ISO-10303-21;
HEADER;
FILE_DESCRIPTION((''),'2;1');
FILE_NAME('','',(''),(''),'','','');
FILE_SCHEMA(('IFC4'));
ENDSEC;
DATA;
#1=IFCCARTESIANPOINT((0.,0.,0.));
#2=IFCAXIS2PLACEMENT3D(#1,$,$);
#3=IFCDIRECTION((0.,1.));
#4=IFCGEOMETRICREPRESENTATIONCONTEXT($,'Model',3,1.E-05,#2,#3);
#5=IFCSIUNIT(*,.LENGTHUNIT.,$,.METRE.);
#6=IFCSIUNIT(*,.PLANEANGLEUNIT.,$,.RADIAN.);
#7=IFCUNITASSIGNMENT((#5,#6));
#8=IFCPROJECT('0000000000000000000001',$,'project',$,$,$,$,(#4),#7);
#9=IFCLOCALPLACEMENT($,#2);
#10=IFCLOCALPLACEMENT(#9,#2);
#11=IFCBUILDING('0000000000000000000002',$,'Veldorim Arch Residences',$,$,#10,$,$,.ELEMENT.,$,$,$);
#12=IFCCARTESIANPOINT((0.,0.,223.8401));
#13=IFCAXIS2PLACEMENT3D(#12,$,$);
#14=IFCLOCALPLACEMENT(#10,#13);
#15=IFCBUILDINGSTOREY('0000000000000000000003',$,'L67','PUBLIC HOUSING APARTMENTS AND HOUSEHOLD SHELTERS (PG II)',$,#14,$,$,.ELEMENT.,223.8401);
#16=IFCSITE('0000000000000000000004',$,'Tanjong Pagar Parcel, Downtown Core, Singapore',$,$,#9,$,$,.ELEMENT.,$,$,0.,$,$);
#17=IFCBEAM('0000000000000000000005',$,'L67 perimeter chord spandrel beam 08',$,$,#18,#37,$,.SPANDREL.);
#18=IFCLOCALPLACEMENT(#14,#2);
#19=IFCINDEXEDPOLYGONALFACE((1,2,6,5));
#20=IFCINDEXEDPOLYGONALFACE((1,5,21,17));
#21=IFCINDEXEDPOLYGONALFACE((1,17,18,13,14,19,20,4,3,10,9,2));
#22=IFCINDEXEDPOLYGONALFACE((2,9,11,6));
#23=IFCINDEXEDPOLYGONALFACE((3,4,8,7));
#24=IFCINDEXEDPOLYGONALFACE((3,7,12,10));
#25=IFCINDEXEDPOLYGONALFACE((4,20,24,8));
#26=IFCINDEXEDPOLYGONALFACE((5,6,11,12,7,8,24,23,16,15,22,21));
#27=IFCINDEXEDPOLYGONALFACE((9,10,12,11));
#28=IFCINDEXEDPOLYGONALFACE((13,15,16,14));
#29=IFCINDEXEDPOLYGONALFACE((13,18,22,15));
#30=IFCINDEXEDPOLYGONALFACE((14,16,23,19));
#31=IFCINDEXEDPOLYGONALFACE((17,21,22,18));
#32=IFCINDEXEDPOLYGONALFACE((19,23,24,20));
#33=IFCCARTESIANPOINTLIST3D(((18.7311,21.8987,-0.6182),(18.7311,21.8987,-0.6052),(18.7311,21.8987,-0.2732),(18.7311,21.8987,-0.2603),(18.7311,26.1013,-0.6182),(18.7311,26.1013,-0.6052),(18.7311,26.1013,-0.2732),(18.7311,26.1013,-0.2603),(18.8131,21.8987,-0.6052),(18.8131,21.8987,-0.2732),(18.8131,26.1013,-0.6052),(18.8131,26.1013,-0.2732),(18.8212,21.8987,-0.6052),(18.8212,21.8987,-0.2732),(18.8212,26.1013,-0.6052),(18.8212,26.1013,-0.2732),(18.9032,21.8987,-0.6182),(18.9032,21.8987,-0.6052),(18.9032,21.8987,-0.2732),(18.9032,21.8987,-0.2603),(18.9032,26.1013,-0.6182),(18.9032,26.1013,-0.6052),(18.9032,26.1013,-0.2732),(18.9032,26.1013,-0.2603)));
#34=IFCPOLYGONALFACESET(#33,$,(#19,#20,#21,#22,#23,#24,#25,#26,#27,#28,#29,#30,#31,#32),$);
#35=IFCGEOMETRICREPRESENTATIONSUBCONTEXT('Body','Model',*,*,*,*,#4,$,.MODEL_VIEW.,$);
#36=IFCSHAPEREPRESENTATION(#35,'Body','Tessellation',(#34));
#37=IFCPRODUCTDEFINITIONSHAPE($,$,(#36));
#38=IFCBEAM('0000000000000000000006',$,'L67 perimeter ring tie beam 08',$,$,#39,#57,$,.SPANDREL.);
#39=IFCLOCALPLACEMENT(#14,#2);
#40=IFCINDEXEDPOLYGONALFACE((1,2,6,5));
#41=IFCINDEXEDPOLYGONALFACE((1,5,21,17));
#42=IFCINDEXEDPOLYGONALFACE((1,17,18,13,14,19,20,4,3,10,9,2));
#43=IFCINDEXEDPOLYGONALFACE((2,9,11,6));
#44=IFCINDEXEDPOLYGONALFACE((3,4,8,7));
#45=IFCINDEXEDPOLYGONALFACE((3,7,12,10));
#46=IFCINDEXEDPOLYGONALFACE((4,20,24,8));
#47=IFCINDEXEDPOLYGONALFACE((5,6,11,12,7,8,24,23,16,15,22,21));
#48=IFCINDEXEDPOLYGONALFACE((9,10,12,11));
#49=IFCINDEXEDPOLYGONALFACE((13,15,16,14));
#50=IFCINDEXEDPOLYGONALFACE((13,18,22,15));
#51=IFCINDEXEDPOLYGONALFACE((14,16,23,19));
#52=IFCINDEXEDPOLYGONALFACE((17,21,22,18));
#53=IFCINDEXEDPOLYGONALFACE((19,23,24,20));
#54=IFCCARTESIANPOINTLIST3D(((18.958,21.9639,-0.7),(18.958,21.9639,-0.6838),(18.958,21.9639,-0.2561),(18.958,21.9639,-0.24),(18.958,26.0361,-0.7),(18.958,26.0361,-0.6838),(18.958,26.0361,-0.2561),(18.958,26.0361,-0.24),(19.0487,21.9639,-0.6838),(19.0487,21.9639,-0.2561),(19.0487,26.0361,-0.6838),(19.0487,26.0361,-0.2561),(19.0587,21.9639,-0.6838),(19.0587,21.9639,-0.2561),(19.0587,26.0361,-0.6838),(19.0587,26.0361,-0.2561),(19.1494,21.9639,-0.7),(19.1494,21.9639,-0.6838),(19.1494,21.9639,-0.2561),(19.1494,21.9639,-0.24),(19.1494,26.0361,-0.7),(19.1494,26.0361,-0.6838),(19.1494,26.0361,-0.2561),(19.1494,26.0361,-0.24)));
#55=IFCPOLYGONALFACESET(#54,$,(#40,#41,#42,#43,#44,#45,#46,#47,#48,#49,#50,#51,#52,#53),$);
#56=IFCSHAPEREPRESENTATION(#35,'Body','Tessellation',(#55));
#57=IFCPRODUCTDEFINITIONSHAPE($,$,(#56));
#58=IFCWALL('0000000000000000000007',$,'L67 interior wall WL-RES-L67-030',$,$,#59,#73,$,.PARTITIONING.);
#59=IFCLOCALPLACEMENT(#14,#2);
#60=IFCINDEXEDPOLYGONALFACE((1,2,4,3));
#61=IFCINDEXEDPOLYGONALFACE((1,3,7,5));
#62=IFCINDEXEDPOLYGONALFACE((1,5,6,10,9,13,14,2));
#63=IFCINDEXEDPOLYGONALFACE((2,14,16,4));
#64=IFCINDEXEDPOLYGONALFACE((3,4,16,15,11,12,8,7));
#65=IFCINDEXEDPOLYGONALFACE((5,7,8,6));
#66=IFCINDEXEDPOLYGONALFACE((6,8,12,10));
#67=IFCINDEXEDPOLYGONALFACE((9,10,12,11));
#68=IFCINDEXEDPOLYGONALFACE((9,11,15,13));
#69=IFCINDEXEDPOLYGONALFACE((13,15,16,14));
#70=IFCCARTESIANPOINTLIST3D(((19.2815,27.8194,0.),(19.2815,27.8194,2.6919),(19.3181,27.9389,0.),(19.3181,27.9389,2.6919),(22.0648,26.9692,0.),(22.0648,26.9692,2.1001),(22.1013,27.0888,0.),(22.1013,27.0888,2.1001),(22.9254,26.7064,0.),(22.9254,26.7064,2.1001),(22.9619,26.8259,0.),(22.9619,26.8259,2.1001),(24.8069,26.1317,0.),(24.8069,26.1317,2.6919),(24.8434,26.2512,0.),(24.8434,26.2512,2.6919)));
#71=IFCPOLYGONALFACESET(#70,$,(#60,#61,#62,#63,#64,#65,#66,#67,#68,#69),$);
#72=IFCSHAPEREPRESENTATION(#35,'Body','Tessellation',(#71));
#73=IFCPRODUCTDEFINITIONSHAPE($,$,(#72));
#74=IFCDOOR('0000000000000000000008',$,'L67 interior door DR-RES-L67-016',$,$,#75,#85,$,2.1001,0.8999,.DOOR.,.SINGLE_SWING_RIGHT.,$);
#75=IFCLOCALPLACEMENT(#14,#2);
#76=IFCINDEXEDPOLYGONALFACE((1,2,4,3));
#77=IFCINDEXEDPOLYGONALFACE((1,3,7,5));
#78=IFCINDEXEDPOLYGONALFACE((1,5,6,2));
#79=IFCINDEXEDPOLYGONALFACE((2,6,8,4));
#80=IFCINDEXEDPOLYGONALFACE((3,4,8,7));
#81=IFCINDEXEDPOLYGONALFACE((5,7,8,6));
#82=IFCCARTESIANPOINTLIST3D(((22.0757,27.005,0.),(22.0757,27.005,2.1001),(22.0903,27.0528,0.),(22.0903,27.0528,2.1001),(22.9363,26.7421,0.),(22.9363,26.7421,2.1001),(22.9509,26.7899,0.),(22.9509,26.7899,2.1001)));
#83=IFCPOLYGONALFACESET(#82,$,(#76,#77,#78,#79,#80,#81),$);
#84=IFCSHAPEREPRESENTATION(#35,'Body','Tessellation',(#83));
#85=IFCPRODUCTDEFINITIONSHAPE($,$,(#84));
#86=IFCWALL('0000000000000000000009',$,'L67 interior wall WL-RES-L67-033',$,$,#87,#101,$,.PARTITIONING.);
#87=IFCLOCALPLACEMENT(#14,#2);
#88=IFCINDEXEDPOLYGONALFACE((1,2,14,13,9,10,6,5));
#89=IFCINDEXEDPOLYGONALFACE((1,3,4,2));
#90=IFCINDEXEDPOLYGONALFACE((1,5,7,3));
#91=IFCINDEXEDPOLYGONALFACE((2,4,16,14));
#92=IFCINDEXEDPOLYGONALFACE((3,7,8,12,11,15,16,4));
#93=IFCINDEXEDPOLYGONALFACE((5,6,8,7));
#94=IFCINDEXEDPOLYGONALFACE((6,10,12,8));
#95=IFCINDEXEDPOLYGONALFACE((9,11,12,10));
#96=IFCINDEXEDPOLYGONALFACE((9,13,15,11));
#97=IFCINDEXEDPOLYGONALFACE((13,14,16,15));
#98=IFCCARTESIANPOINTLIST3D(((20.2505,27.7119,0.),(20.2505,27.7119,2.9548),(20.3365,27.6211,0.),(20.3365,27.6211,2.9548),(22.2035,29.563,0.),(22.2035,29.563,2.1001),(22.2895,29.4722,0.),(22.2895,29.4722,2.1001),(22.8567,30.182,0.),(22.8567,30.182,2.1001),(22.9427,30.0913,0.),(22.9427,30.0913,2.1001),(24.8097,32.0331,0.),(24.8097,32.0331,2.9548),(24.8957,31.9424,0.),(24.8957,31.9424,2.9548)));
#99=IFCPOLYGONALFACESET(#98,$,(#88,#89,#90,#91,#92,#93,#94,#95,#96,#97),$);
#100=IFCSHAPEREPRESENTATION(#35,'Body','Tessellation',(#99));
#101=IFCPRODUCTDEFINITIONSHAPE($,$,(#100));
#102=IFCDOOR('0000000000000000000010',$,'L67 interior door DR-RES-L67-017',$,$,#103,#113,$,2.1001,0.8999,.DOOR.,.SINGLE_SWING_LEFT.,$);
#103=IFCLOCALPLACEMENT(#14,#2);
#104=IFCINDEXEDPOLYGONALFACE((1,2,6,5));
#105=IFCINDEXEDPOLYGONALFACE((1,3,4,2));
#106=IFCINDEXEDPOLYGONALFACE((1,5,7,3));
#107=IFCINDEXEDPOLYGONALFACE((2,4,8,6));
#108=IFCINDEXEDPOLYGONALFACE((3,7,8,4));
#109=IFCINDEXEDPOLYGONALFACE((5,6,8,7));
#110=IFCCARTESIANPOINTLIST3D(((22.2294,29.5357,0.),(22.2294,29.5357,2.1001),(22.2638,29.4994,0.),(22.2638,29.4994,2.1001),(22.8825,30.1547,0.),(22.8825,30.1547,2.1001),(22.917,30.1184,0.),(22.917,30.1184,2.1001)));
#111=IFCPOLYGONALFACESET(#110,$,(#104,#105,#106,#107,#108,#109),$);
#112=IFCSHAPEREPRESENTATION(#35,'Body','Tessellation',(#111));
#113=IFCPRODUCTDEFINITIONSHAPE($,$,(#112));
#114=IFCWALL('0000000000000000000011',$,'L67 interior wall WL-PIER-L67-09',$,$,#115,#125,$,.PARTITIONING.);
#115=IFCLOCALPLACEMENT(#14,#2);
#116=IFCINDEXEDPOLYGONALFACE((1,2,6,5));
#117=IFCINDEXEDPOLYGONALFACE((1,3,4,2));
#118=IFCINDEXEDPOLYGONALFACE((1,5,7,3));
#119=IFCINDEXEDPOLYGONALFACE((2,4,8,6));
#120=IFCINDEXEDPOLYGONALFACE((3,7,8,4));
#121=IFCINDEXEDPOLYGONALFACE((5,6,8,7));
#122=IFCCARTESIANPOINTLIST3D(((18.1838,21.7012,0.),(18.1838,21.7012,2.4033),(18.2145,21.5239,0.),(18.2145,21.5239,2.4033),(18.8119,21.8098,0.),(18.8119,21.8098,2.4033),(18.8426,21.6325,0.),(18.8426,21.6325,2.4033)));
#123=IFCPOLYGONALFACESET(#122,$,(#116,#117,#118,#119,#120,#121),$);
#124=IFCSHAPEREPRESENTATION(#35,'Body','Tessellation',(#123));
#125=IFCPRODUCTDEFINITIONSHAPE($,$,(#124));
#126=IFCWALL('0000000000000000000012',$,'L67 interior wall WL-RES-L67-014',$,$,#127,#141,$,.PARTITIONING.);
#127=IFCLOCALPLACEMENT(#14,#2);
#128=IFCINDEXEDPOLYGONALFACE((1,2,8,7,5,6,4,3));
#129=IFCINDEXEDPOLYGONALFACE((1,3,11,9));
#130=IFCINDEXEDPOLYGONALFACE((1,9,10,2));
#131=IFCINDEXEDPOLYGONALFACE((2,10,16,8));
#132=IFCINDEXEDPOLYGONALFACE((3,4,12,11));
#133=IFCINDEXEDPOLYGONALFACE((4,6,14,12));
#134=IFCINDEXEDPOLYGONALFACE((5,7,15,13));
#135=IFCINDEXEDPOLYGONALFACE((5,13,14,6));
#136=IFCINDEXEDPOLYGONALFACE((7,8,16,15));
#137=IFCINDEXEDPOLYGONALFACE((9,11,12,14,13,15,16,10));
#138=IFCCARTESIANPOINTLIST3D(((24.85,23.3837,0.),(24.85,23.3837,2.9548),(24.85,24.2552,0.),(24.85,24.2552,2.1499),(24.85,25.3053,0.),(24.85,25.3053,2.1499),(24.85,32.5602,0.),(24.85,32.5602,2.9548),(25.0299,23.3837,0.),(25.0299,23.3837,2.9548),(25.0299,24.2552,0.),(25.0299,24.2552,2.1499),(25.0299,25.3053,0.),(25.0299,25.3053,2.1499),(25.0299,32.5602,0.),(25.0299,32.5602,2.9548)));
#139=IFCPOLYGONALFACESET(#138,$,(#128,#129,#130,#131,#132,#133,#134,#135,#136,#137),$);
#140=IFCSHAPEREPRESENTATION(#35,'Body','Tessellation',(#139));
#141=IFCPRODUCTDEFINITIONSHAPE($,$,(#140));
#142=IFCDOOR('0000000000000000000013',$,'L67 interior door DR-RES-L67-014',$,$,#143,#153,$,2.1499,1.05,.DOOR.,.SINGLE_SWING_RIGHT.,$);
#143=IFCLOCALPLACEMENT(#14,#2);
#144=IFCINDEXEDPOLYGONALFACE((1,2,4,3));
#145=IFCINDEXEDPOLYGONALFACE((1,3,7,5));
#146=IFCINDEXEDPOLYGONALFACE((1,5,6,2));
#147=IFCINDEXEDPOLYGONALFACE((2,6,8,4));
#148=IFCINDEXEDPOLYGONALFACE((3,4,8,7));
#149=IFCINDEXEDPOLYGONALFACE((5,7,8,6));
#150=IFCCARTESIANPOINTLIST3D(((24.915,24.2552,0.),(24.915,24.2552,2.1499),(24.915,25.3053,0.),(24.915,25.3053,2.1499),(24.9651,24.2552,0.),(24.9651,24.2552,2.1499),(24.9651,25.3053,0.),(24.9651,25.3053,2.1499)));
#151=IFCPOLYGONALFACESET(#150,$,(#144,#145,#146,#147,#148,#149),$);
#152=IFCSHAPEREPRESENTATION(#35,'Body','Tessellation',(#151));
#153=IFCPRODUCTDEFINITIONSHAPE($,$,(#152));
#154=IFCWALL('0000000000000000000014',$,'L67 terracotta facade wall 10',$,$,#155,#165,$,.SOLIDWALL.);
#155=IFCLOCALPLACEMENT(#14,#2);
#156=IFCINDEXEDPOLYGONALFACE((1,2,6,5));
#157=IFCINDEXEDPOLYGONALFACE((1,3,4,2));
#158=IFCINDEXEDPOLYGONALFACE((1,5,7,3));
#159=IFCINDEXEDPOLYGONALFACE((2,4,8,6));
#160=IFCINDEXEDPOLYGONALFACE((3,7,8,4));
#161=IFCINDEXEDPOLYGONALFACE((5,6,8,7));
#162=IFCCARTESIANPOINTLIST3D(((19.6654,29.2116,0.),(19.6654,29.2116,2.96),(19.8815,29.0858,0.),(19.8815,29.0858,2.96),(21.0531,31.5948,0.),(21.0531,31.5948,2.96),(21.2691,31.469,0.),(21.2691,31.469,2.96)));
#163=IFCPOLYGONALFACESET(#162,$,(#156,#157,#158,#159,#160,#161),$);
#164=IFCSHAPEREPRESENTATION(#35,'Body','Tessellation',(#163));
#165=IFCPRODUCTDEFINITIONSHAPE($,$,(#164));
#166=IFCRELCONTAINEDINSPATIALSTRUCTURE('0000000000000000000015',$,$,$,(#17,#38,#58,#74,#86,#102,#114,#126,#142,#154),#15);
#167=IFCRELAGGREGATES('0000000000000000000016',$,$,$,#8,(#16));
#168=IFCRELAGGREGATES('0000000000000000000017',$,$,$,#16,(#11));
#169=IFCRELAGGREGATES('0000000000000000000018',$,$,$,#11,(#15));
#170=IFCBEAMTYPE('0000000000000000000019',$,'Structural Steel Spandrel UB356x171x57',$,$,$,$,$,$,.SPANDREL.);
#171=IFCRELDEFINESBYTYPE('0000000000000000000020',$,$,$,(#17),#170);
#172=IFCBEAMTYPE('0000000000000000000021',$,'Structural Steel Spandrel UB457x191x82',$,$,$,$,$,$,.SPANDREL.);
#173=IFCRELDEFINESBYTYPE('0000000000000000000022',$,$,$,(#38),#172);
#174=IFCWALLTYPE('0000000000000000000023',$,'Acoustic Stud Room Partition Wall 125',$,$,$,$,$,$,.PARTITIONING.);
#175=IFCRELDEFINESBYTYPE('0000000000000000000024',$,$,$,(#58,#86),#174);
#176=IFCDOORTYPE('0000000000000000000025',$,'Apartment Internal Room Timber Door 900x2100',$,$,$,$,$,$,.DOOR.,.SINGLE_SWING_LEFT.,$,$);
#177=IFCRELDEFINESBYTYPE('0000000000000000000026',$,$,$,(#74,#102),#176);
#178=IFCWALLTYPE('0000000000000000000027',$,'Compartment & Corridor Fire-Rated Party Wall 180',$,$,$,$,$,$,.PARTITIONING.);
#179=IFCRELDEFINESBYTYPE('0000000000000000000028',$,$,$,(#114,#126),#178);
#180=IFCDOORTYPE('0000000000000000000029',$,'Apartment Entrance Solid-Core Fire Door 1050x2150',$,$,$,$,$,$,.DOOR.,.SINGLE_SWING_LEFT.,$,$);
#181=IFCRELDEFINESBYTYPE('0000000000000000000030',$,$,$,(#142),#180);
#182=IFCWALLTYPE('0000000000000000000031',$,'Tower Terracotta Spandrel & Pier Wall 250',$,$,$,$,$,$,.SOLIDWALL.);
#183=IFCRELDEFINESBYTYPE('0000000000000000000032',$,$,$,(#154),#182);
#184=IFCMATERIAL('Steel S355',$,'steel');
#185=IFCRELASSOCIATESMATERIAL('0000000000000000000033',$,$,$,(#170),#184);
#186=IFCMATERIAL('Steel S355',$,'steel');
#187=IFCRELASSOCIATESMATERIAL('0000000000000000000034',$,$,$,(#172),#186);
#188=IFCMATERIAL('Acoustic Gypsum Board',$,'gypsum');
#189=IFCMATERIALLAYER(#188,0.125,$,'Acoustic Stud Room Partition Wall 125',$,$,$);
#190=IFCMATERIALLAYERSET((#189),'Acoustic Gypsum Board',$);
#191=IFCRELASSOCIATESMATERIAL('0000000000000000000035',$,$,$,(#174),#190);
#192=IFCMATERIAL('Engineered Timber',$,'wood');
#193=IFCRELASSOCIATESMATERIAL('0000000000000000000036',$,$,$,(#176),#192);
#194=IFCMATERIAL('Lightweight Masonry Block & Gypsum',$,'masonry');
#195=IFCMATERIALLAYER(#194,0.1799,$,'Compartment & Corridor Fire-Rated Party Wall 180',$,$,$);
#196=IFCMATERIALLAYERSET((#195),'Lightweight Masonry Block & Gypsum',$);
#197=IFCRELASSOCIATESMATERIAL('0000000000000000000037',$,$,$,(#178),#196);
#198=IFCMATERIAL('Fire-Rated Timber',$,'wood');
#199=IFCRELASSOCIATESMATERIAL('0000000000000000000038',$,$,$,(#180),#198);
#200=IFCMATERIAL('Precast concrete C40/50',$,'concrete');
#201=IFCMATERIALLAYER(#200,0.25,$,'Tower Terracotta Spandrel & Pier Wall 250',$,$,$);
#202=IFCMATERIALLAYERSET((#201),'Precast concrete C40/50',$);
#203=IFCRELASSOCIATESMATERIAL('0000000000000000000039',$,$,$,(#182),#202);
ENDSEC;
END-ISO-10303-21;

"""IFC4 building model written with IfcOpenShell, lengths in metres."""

from ifc_helpers import new_model, si_unit, direction, frame, frame_2d, origin, origin_2d, place, context, subcontext, project, spatial, rectangle, i_section, extrude, material, layer, layer_set, material_profile, profile_set, type_object, element, fill, save


model = new_model("IFC4")

# Units and contexts
model_context = context("Model", 3, precision=1e-05, world=origin(), true_north=direction((0.0, 1.0)))
body_context = subcontext(model_context, "Body", "Model", "MODEL_VIEW")
ifc_project = project(units=[si_unit("LENGTHUNIT", "METRE"), si_unit("PLANEANGLEUNIT", "RADIAN")], contexts=[model_context])

# Site, building, storey
site_placement = place(None, origin())
site = spatial("IfcSite", under=ifc_project, at=site_placement, Name="Tanjong Pagar Parcel, Downtown Core, Singapore", CompositionType="ELEMENT", RefElevation=0.0)
building_placement = place(site_placement, origin())
building = spatial("IfcBuilding", under=site, at=building_placement, Name="Veldorim Arch Residences", CompositionType="ELEMENT")
storey_placement = place(building_placement, frame((0.0, 0.0, 223.8401)))
storey = spatial("IfcBuildingStorey", under=building, at=storey_placement, Name="L67", Description="PUBLIC HOUSING APARTMENTS AND HOUSEHOLD SHELTERS (PG II)", CompositionType="ELEMENT", Elevation=223.8401)

# Beams
ifc_material_1 = material(Name="Steel S355", Category="steel")
ifc_material_profile_1 = material_profile(ifc_material_1, i_section(OverallWidth=0.1721, OverallDepth=0.3579, WebThickness=0.0081, FlangeThickness=0.0129, at=origin_2d()), Name="UB356x171x57")
ifc_profile_set_1 = profile_set([ifc_material_profile_1], Name="Steel S355")
beam_type_1 = type_object("IfcBeamType", Name="Structural Steel Spandrel UB356x171x57", PredefinedType="SPANDREL", material=ifc_profile_set_1)
beam_1_placement = place(storey_placement, frame((18.8171, 26.1013, -0.4392), z_axis=(0.0, -1.0, 0.0), x_axis=(1.0, 0.0, 0.0)))
element("IfcBeam", 1, at=beam_1_placement, inside=storey, type_object=beam_type_1, Name="L67 perimeter chord spandrel beam 08", PredefinedType="SPANDREL", context=body_context, shape_type="SweptSolid", body=[
    extrude(i_section(OverallWidth=0.1721, OverallDepth=0.3579, WebThickness=0.0081, FlangeThickness=0.0129, at=origin_2d()), origin(), (0.0, 0.0, 1.0), 4.2026),
])
ifc_material_2 = material(Name="Steel S355", Category="steel")
ifc_material_profile_2 = material_profile(ifc_material_2, i_section(OverallWidth=0.1914, OverallDepth=0.46, WebThickness=0.01, FlangeThickness=0.0161, at=origin_2d()), Name="UB457x191x82")
ifc_profile_set_2 = profile_set([ifc_material_profile_2], Name="Steel S355")
beam_type_2 = type_object("IfcBeamType", Name="Structural Steel Spandrel UB457x191x82", PredefinedType="SPANDREL", material=ifc_profile_set_2)
beam_2_placement = place(storey_placement, frame((19.0537, 26.0361, -0.47), z_axis=(0.0, -1.0, 0.0), x_axis=(1.0, 0.0, 0.0)))
element("IfcBeam", 2, at=beam_2_placement, inside=storey, type_object=beam_type_2, Name="L67 perimeter ring tie beam 08", PredefinedType="SPANDREL", context=body_context, shape_type="SweptSolid", body=[
    extrude(i_section(OverallWidth=0.1914, OverallDepth=0.46, WebThickness=0.01, FlangeThickness=0.0161, at=origin_2d()), origin(), (0.0, 0.0, 1.0), 4.0723),
])

# Walls, openings, doors
ifc_material_3 = material(Name="Acoustic Gypsum Board", Category="gypsum")
ifc_layer_1 = layer(ifc_material_3, 0.125, Name="Acoustic Stud Room Partition Wall 125")
ifc_layer_set_1 = layer_set([ifc_layer_1], Name="Acoustic Gypsum Board")
wall_type_1 = type_object("IfcWallType", Name="Acoustic Stud Room Partition Wall 125", PredefinedType="PARTITIONING", material=ifc_layer_set_1)
wall_1_placement = place(storey_placement, frame((19.2998, 27.8792, 0.0), z_axis=(0.0, 0.0, 1.0), x_axis=(0.956379, -0.292128, 0.0)))
wall_1 = element("IfcWall", 3, at=wall_1_placement, inside=storey, type_object=wall_type_1, Name="L67 interior wall WL-RES-L67-030", PredefinedType="PARTITIONING", context=body_context, shape_type="SweptSolid", body=[
    extrude(rectangle(XDim=5.7773, YDim=0.125, at=frame_2d((2.8887, 0.0))), origin(), (0.0, 0.0, 1.0), 2.6919),
])
opening_1_placement = place(wall_1_placement, frame((2.9102, 0.0, 0.0)))
opening_1 = element("IfcOpeningElement", 4, at=opening_1_placement, cuts=wall_1, PredefinedType="OPENING", context=body_context, shape_type="SweptSolid", body=[
    extrude(rectangle(XDim=0.8999, YDim=2.1001, at=frame_2d((0.45, 1.05))), frame((0.0, 0.0725, 0.0), z_axis=(0.0, -1.0, 0.0), x_axis=(1.0, 0.0, 0.0)), (0.0, 0.0, 1.0), 0.145),
])
ifc_material_4 = material(Name="Engineered Timber", Category="wood")
door_type_1 = type_object("IfcDoorType", Name="Apartment Internal Room Timber Door 900x2100", OperationType="SINGLE_SWING_LEFT", PredefinedType="DOOR", material=ifc_material_4)
door_1_placement = place(opening_1_placement, origin())
door_1 = element("IfcDoor", 5, at=door_1_placement, inside=storey, type_object=door_type_1, Name="L67 interior door DR-RES-L67-016", OperationType="SINGLE_SWING_RIGHT", OverallHeight=2.1001, OverallWidth=0.8999, PredefinedType="DOOR", context=body_context, shape_type="SweptSolid", body=[
    extrude(rectangle(XDim=0.8999, YDim=2.1001, at=frame_2d((0.45, 1.05))), frame((0.0, 0.0249, 0.0), z_axis=(0.0, -1.0, 0.0), x_axis=(1.0, 0.0, 0.0)), (0.0, 0.0, 1.0), 0.05),
])
fill(opening_1, door_1)
wall_2_placement = place(storey_placement, frame((20.2935, 27.6665, 0.0), z_axis=(0.0, 0.0, 1.0), x_axis=(0.725799, 0.687906, 0.0)))
wall_2 = element("IfcWall", 6, at=wall_2_placement, inside=storey, type_object=wall_type_1, Name="L67 interior wall WL-RES-L67-033", PredefinedType="PARTITIONING", context=body_context, shape_type="SweptSolid", body=[
    extrude(rectangle(XDim=6.2817, YDim=0.125, at=frame_2d((3.1409, 0.0))), origin(), (0.0, 0.0, 1.0), 2.9548),
])
opening_2_placement = place(wall_2_placement, frame((2.6909, 0.0, 0.0)))
opening_2 = element("IfcOpeningElement", 7, at=opening_2_placement, cuts=wall_2, PredefinedType="OPENING", context=body_context, shape_type="SweptSolid", body=[
    extrude(rectangle(XDim=0.8999, YDim=2.1001, at=frame_2d((0.45, 1.05))), frame((0.0, 0.0725, 0.0), z_axis=(0.0, -1.0, 0.0), x_axis=(1.0, 0.0, 0.0)), (0.0, 0.0, 1.0), 0.145),
])
door_2_placement = place(opening_2_placement, origin())
door_2 = element("IfcDoor", 8, at=door_2_placement, inside=storey, type_object=door_type_1, Name="L67 interior door DR-RES-L67-017", OperationType="SINGLE_SWING_LEFT", OverallHeight=2.1001, OverallWidth=0.8999, PredefinedType="DOOR", context=body_context, shape_type="SweptSolid", body=[
    extrude(rectangle(XDim=0.8999, YDim=2.1001, at=frame_2d((0.45, 1.05))), frame((0.0, 0.0249, 0.0), z_axis=(0.0, -1.0, 0.0), x_axis=(1.0, 0.0, 0.0)), (0.0, 0.0, 1.0), 0.05),
])
fill(opening_2, door_2)

# Wall
ifc_material_5 = material(Name="Lightweight Masonry Block & Gypsum", Category="masonry")
ifc_layer_2 = layer(ifc_material_5, 0.1799, Name="Compartment & Corridor Fire-Rated Party Wall 180")
ifc_layer_set_2 = layer_set([ifc_layer_2], Name="Lightweight Masonry Block & Gypsum")
wall_type_2 = type_object("IfcWallType", Name="Compartment & Corridor Fire-Rated Party Wall 180", PredefinedType="PARTITIONING", material=ifc_layer_set_2)
wall_3_placement = place(storey_placement, frame((18.8274, 21.7212, 0.0), z_axis=(0.0, 0.0, 1.0), x_axis=(-0.985372, -0.17042, 0.0)))
element("IfcWall", 9, at=wall_3_placement, inside=storey, type_object=wall_type_2, Name="L67 interior wall WL-PIER-L67-09", PredefinedType="PARTITIONING", context=body_context, shape_type="SweptSolid", body=[
    extrude(rectangle(XDim=0.6375, YDim=0.1799, at=frame_2d((0.3188, 0.0))), origin(), (0.0, 0.0, 1.0), 2.4033),
])

# Wall, opening, door
wall_4_placement = place(storey_placement, frame((24.9399, 23.3835, 0.0), z_axis=(0.0, 0.0, 1.0), x_axis=(0.0, 1.0, 0.0)))
wall_4 = element("IfcWall", 10, at=wall_4_placement, inside=storey, type_object=wall_type_2, Name="L67 interior wall WL-RES-L67-014", PredefinedType="PARTITIONING", context=body_context, shape_type="SweptSolid", body=[
    extrude(rectangle(XDim=9.1765, YDim=0.1799, at=frame_2d((4.5884, 0.0))), origin(), (0.0, 0.0, 1.0), 2.9548),
])
opening_3_placement = place(wall_4_placement, frame((0.8718, 0.0, 0.0)))
opening_3 = element("IfcOpeningElement", 11, at=opening_3_placement, cuts=wall_4, PredefinedType="OPENING", context=body_context, shape_type="SweptSolid", body=[
    extrude(rectangle(XDim=1.05, YDim=2.1499, at=frame_2d((0.5249, 1.075))), frame((0.0, 0.0999, 0.0), z_axis=(0.0, -1.0, 0.0), x_axis=(1.0, 0.0, 0.0)), (0.0, 0.0, 1.0), 0.2),
])
ifc_material_6 = material(Name="Fire-Rated Timber", Category="wood")
door_type_2 = type_object("IfcDoorType", Name="Apartment Entrance Solid-Core Fire Door 1050x2150", OperationType="SINGLE_SWING_LEFT", PredefinedType="DOOR", material=ifc_material_6)
door_3_placement = place(opening_3_placement, origin())
door_3 = element("IfcDoor", 12, at=door_3_placement, inside=storey, type_object=door_type_2, Name="L67 interior door DR-RES-L67-014", OperationType="SINGLE_SWING_RIGHT", OverallHeight=2.1499, OverallWidth=1.05, PredefinedType="DOOR", context=body_context, shape_type="SweptSolid", body=[
    extrude(rectangle(XDim=1.05, YDim=2.1499, at=frame_2d((0.5249, 1.075))), frame((0.0, 0.0249, 0.0), z_axis=(0.0, -1.0, 0.0), x_axis=(1.0, 0.0, 0.0)), (0.0, 0.0, 1.0), 0.05),
])
fill(opening_3, door_3)

# Wall
ifc_material_7 = material(Name="Precast concrete C40/50", Category="concrete")
ifc_layer_3 = layer(ifc_material_7, 0.25, Name="Tower Terracotta Spandrel & Pier Wall 250")
ifc_layer_set_3 = layer_set([ifc_layer_3], Name="Precast concrete C40/50")
wall_type_3 = type_object("IfcWallType", Name="Tower Terracotta Spandrel & Pier Wall 250", PredefinedType="SOLIDWALL", material=ifc_layer_set_3)
wall_5_placement = place(storey_placement, frame((19.7734, 29.1487, 0.0), z_axis=(0.0, 0.0, 1.0), x_axis=(0.503177, 0.864183, 0.0)))
element("IfcWall", 13, at=wall_5_placement, inside=storey, type_object=wall_type_3, Name="L67 terracotta facade wall 10", PredefinedType="SOLIDWALL", context=body_context, shape_type="SweptSolid", body=[
    extrude(rectangle(XDim=2.7578, YDim=0.25, at=frame_2d((1.3789, 0.0))), origin(), (0.0, 0.0, 1.0), 2.96),
])

save(model, "model.ifc")
